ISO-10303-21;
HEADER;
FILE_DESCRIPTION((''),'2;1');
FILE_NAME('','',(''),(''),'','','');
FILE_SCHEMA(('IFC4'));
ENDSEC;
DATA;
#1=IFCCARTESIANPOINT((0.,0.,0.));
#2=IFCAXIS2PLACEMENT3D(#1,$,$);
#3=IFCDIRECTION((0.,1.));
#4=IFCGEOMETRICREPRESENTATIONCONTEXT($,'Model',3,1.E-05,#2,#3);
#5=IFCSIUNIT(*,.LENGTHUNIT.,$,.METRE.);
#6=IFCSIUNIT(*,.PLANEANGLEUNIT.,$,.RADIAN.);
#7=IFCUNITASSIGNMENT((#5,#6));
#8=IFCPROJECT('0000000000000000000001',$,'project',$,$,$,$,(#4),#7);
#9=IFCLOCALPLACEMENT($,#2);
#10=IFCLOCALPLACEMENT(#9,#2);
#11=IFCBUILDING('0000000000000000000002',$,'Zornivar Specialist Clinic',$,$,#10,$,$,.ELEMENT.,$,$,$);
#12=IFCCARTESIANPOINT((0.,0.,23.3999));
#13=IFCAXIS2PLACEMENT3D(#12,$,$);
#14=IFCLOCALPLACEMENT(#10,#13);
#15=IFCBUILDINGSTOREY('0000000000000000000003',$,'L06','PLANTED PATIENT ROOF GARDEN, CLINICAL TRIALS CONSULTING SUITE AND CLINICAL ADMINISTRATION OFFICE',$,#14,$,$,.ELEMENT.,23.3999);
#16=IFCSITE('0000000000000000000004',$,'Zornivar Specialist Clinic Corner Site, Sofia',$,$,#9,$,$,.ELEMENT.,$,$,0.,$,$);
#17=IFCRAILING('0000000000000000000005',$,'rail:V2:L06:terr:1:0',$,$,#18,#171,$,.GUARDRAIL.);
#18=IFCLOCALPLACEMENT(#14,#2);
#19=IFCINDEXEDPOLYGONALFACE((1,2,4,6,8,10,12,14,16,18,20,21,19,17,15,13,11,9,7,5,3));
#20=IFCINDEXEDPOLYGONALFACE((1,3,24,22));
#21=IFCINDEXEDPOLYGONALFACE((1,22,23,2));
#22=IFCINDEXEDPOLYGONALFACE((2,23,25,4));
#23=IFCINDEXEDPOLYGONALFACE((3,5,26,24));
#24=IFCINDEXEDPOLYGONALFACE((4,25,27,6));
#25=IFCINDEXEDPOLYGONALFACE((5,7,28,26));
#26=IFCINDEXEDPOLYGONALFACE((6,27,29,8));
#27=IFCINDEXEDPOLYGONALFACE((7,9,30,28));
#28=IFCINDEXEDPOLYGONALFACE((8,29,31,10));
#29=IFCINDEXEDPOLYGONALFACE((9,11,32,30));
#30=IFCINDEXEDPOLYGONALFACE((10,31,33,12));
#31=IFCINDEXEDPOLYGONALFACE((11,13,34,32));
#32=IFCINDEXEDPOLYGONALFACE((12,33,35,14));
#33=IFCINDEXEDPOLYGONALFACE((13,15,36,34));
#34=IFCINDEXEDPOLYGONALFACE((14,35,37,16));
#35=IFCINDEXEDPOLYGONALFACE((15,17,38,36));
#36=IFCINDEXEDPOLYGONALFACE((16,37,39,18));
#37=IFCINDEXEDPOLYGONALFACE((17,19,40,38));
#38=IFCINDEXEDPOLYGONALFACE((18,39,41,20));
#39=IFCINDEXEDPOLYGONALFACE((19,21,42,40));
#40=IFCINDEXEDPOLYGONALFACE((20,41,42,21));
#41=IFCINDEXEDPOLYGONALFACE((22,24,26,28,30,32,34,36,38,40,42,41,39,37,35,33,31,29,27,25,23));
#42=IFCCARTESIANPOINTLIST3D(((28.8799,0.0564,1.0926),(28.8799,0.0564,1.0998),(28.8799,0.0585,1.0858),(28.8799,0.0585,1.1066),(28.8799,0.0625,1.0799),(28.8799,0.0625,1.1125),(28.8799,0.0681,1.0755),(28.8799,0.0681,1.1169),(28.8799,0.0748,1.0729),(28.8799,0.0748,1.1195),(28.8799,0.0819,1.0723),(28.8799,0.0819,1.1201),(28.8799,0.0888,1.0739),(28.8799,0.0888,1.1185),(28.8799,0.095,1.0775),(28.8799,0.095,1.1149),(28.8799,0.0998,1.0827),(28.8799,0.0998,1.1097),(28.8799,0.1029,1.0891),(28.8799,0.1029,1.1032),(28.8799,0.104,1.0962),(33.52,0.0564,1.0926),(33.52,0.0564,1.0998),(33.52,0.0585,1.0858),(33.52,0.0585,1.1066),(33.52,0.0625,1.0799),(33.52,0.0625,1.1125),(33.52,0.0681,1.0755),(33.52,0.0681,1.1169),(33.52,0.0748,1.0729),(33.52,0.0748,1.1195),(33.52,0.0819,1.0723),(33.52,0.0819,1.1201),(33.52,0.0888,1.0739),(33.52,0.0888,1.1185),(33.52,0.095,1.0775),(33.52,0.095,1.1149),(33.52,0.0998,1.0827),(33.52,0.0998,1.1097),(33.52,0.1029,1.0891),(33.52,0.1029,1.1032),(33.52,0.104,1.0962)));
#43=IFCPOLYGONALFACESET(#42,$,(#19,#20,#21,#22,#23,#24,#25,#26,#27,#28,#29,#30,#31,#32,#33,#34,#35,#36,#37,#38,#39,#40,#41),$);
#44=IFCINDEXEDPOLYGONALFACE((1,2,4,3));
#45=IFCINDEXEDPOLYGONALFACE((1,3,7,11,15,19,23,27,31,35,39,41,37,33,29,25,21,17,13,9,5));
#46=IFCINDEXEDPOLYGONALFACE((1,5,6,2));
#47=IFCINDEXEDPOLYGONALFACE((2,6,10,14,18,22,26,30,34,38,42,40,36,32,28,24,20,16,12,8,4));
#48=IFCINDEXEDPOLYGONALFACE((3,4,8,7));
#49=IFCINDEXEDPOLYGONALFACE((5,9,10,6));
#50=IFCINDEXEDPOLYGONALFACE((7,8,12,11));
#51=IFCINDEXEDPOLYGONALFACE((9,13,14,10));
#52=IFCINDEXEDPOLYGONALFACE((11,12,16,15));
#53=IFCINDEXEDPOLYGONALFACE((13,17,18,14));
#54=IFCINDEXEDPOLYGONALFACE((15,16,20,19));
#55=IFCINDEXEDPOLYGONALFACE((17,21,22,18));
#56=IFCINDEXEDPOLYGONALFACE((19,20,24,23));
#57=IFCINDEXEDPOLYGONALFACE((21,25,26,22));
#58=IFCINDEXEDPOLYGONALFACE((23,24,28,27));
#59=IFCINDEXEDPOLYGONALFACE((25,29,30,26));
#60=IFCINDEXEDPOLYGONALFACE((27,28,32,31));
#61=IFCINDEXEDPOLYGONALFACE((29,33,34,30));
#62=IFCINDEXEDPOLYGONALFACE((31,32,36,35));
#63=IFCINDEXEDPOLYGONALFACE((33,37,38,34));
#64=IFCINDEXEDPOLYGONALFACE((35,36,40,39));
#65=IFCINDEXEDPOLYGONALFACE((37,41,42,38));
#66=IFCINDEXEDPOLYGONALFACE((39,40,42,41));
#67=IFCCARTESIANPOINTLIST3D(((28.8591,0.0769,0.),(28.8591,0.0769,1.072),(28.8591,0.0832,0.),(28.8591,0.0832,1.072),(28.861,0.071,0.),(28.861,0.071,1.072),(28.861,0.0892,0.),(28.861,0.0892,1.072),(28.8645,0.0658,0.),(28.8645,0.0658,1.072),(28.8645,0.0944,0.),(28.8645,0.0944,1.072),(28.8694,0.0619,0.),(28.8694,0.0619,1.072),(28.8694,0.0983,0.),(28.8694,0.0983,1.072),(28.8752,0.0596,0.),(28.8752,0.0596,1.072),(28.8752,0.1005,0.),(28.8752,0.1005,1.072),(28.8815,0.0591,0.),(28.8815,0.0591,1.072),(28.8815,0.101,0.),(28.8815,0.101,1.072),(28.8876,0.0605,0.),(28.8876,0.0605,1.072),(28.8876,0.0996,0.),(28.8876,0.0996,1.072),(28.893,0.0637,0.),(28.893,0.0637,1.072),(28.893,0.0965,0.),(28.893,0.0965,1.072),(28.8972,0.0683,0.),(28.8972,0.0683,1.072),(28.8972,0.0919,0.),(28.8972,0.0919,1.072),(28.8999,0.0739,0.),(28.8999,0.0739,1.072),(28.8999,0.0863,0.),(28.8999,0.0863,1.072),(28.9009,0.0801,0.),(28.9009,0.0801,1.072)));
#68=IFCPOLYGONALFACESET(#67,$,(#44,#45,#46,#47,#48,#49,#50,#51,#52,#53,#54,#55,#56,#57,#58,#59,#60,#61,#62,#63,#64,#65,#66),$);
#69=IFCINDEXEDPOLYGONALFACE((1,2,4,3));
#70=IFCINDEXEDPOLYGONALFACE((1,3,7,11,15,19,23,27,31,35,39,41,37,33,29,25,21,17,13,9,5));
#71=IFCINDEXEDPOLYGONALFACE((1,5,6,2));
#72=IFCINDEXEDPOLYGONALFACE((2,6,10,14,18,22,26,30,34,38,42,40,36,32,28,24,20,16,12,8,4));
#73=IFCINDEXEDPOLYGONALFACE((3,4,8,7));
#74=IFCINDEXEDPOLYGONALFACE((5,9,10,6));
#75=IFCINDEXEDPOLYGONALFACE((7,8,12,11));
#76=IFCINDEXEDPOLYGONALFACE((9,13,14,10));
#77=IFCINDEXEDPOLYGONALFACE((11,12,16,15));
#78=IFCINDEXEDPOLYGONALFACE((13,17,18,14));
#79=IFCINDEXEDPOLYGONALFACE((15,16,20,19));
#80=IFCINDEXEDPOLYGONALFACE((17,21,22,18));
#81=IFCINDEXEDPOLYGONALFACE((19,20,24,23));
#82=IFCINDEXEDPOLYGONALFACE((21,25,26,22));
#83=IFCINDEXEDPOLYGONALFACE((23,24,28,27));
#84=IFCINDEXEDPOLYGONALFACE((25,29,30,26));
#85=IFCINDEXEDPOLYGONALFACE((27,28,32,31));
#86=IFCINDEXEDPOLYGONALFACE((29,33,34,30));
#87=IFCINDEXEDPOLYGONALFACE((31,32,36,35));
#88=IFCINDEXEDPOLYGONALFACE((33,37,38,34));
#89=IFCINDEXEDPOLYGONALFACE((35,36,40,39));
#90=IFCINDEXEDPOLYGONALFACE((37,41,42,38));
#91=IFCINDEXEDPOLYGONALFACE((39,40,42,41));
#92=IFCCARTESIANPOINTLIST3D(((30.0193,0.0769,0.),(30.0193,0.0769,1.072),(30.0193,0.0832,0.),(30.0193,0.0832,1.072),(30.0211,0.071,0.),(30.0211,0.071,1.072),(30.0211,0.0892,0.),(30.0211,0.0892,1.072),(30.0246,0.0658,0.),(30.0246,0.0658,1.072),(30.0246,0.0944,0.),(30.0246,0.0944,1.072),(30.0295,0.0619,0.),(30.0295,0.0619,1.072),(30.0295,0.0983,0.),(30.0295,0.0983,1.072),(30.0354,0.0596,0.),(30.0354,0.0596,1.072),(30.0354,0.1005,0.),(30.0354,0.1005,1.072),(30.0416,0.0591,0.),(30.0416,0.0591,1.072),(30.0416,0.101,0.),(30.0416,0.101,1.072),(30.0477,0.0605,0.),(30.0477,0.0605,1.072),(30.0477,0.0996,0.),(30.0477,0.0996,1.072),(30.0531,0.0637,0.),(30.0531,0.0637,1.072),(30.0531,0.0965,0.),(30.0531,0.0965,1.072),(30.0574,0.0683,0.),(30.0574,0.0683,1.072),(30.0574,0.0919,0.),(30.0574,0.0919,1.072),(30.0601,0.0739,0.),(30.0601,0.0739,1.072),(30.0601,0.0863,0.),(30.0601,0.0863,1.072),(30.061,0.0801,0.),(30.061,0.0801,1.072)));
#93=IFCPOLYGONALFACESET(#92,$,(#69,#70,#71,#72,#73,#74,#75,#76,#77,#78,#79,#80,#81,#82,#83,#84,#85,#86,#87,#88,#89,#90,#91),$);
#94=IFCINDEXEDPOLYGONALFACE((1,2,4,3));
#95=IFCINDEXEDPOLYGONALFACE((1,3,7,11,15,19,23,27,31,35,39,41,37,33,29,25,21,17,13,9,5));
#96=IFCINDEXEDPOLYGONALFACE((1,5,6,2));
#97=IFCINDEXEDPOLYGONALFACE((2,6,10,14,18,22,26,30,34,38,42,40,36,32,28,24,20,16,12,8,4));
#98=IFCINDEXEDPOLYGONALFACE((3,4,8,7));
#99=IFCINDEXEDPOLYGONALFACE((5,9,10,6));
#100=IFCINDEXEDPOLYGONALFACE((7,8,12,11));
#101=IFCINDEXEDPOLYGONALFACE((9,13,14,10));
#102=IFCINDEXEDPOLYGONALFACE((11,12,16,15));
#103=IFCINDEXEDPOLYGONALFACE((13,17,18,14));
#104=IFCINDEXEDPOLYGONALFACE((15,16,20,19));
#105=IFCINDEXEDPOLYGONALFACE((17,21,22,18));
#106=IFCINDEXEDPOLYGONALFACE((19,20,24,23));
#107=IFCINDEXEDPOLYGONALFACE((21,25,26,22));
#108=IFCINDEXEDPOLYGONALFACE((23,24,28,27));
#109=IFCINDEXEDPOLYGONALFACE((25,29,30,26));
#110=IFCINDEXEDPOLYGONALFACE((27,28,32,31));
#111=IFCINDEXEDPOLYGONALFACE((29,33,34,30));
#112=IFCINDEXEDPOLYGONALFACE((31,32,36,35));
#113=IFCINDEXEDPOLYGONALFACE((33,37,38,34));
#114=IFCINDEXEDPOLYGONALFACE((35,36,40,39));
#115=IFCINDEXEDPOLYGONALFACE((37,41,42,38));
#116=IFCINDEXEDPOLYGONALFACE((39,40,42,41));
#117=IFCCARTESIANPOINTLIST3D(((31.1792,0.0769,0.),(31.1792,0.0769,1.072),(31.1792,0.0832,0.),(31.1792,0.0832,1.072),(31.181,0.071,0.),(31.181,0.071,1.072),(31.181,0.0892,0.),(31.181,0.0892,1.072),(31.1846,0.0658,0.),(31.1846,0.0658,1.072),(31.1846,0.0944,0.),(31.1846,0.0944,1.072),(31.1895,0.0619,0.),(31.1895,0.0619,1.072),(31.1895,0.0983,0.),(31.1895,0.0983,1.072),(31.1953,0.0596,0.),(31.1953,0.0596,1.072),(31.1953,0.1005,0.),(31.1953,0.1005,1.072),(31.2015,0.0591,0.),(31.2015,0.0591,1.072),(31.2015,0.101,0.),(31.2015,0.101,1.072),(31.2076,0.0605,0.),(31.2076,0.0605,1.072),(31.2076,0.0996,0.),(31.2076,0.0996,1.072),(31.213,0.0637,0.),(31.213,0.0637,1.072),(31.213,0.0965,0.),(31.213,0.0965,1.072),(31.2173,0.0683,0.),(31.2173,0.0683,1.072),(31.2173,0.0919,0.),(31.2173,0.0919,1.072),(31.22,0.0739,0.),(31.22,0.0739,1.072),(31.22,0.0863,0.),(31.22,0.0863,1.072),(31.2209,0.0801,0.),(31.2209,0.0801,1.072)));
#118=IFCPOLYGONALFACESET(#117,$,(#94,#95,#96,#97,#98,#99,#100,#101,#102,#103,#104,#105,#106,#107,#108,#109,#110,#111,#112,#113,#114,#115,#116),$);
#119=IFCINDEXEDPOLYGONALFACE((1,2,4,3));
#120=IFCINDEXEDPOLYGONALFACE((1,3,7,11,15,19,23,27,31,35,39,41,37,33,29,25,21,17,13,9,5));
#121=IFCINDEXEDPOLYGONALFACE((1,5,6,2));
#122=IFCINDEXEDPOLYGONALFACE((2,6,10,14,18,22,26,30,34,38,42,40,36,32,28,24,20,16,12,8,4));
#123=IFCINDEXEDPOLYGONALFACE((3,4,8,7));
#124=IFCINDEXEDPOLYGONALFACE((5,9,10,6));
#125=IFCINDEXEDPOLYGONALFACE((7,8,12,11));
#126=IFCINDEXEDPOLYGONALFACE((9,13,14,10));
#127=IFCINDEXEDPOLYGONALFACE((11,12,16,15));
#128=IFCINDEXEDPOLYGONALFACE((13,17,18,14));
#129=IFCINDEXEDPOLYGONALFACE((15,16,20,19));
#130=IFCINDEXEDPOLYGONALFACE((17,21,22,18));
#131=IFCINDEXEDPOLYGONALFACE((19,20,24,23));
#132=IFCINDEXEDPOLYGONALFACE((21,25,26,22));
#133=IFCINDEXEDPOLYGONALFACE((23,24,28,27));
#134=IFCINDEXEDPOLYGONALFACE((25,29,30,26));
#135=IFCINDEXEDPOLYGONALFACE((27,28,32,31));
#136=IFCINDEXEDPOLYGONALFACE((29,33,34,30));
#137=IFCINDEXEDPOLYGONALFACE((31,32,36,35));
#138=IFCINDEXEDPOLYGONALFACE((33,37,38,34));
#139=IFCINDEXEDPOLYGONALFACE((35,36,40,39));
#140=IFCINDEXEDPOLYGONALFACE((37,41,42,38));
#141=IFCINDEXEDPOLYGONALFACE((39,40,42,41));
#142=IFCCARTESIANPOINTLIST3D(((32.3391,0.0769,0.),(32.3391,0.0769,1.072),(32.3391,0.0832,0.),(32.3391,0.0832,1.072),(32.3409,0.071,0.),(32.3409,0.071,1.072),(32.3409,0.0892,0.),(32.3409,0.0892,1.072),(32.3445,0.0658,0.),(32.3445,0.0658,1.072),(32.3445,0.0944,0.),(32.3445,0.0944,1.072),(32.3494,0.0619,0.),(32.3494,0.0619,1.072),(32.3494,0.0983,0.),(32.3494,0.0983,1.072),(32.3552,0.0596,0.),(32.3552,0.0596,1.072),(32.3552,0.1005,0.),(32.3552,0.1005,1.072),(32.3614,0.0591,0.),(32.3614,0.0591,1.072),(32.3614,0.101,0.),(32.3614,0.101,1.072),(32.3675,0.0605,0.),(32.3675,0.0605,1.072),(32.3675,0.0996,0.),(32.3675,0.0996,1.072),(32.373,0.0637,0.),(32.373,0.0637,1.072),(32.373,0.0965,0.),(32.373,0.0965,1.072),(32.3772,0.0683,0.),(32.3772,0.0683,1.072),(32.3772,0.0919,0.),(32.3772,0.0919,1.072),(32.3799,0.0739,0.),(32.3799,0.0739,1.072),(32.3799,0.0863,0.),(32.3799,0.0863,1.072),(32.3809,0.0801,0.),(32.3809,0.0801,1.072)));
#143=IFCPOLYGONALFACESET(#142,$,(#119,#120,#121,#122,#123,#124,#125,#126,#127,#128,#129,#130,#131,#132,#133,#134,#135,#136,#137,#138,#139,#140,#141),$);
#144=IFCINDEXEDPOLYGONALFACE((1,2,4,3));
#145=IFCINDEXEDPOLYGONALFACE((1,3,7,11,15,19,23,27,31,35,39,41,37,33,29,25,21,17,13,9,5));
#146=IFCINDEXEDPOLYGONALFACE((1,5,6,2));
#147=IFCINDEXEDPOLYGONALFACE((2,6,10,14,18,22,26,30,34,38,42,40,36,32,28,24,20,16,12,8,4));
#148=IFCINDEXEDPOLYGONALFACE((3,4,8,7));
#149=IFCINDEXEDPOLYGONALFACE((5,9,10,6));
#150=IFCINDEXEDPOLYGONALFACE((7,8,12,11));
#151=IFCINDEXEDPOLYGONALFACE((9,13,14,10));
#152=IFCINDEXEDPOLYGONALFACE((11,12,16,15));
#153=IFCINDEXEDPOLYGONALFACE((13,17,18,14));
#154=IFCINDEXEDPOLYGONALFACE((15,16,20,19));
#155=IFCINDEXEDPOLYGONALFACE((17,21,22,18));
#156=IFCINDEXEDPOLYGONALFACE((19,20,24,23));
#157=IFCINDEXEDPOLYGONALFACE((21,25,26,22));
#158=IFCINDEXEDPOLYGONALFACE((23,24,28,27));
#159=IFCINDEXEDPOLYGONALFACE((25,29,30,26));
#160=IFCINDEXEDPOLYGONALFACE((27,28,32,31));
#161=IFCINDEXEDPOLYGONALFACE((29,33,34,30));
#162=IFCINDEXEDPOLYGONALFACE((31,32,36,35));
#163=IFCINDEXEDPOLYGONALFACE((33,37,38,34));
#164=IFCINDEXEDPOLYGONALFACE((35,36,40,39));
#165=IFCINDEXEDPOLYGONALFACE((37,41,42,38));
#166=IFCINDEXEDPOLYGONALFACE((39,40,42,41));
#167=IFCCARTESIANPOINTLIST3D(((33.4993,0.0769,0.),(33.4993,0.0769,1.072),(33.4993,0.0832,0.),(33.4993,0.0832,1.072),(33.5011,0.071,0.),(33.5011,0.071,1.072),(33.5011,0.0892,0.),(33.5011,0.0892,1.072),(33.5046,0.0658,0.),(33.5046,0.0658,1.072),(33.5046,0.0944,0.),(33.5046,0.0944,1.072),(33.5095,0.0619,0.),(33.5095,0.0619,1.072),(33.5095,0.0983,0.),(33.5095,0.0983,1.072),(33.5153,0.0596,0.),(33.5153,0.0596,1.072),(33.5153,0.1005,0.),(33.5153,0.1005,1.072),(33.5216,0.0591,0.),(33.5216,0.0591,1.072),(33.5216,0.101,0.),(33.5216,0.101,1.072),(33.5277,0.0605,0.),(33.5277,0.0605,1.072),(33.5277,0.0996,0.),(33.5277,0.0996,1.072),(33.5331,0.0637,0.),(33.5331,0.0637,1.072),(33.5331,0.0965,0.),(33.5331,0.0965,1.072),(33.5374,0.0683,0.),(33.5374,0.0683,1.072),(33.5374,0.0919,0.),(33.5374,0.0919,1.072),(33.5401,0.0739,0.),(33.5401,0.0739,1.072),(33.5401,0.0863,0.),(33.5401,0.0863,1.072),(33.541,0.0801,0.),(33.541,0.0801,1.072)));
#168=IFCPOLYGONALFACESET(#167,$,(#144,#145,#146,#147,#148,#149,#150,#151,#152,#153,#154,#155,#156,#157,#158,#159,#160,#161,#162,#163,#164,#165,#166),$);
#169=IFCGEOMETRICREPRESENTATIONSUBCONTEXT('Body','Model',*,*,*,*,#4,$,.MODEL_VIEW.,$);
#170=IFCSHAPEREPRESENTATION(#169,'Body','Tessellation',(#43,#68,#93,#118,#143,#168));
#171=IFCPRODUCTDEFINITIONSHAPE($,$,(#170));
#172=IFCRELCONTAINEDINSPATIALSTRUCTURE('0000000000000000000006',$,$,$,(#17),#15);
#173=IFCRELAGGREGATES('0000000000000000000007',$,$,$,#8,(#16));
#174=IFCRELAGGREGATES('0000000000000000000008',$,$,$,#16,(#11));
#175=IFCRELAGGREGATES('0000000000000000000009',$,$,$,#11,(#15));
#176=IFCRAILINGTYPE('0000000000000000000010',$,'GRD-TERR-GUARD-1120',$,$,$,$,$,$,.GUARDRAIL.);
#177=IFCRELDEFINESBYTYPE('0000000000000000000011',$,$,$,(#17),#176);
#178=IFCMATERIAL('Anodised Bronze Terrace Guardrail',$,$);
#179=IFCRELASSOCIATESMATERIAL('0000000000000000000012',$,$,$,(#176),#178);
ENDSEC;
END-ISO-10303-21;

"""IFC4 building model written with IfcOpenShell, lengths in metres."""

from ifc_helpers import new_model, si_unit, direction, frame, origin, origin_2d, place, context, subcontext, project, spatial, circle, extrude, material, type_object, element, save


model = new_model("IFC4")

# Units and contexts
model_context = context("Model", 3, precision=1e-05, world=origin(), true_north=direction((0.0, 1.0)))
body_context = subcontext(model_context, "Body", "Model", "MODEL_VIEW")
ifc_project = project(units=[si_unit("LENGTHUNIT", "METRE"), si_unit("PLANEANGLEUNIT", "RADIAN")], contexts=[model_context])

# Site, building, storey
site_placement = place(None, origin())
site = spatial("IfcSite", under=ifc_project, at=site_placement, Name="Zornivar Specialist Clinic Corner Site, Sofia", CompositionType="ELEMENT", RefElevation=0.0)
building_placement = place(site_placement, origin())
building = spatial("IfcBuilding", under=site, at=building_placement, Name="Zornivar Specialist Clinic", CompositionType="ELEMENT")
storey_placement = place(building_placement, frame((0.0, 0.0, 23.3999)))
storey = spatial("IfcBuildingStorey", under=building, at=storey_placement, Name="L06", Description="PLANTED PATIENT ROOF GARDEN, CLINICAL TRIALS CONSULTING SUITE AND CLINICAL ADMINISTRATION OFFICE", CompositionType="ELEMENT", Elevation=23.3999)

# Railing
ifc_material_1 = material(Name="Anodised Bronze Terrace Guardrail")
railing_type = type_object("IfcRailingType", Name="GRD-TERR-GUARD-1120", PredefinedType="GUARDRAIL", material=ifc_material_1)
railing_1_placement = place(storey_placement, frame((28.8799, 0.0801, 0.0)))
element("IfcRailing", 1, at=railing_1_placement, inside=storey, type_object=railing_type, Name="rail:V2:L06:terr:1:0", PredefinedType="GUARDRAIL", context=body_context, shape_type="SweptSolid", body=[
    extrude(circle(Radius=0.0239, at=origin_2d()), frame((0.0, 0.0, 1.0962), z_axis=(1.0, 0.0, 0.0), x_axis=(0.0, 1.0, 0.0)), (0.0, 0.0, 1.0), 4.6401),
    extrude(circle(Radius=0.021, at=origin_2d()), origin(), (0.0, 0.0, 1.0), 1.072),
    extrude(circle(Radius=0.021, at=origin_2d()), frame((1.1602, 0.0, 0.0)), (0.0, 0.0, 1.0), 1.072),
    extrude(circle(Radius=0.021, at=origin_2d()), frame((2.3201, 0.0, 0.0)), (0.0, 0.0, 1.0), 1.072),
    extrude(circle(Radius=0.021, at=origin_2d()), frame((3.48, 0.0, 0.0)), (0.0, 0.0, 1.0), 1.072),
    extrude(circle(Radius=0.021, at=origin_2d()), frame((4.6401, 0.0, 0.0)), (0.0, 0.0, 1.0), 1.072),
])

save(model, "model.ifc")
